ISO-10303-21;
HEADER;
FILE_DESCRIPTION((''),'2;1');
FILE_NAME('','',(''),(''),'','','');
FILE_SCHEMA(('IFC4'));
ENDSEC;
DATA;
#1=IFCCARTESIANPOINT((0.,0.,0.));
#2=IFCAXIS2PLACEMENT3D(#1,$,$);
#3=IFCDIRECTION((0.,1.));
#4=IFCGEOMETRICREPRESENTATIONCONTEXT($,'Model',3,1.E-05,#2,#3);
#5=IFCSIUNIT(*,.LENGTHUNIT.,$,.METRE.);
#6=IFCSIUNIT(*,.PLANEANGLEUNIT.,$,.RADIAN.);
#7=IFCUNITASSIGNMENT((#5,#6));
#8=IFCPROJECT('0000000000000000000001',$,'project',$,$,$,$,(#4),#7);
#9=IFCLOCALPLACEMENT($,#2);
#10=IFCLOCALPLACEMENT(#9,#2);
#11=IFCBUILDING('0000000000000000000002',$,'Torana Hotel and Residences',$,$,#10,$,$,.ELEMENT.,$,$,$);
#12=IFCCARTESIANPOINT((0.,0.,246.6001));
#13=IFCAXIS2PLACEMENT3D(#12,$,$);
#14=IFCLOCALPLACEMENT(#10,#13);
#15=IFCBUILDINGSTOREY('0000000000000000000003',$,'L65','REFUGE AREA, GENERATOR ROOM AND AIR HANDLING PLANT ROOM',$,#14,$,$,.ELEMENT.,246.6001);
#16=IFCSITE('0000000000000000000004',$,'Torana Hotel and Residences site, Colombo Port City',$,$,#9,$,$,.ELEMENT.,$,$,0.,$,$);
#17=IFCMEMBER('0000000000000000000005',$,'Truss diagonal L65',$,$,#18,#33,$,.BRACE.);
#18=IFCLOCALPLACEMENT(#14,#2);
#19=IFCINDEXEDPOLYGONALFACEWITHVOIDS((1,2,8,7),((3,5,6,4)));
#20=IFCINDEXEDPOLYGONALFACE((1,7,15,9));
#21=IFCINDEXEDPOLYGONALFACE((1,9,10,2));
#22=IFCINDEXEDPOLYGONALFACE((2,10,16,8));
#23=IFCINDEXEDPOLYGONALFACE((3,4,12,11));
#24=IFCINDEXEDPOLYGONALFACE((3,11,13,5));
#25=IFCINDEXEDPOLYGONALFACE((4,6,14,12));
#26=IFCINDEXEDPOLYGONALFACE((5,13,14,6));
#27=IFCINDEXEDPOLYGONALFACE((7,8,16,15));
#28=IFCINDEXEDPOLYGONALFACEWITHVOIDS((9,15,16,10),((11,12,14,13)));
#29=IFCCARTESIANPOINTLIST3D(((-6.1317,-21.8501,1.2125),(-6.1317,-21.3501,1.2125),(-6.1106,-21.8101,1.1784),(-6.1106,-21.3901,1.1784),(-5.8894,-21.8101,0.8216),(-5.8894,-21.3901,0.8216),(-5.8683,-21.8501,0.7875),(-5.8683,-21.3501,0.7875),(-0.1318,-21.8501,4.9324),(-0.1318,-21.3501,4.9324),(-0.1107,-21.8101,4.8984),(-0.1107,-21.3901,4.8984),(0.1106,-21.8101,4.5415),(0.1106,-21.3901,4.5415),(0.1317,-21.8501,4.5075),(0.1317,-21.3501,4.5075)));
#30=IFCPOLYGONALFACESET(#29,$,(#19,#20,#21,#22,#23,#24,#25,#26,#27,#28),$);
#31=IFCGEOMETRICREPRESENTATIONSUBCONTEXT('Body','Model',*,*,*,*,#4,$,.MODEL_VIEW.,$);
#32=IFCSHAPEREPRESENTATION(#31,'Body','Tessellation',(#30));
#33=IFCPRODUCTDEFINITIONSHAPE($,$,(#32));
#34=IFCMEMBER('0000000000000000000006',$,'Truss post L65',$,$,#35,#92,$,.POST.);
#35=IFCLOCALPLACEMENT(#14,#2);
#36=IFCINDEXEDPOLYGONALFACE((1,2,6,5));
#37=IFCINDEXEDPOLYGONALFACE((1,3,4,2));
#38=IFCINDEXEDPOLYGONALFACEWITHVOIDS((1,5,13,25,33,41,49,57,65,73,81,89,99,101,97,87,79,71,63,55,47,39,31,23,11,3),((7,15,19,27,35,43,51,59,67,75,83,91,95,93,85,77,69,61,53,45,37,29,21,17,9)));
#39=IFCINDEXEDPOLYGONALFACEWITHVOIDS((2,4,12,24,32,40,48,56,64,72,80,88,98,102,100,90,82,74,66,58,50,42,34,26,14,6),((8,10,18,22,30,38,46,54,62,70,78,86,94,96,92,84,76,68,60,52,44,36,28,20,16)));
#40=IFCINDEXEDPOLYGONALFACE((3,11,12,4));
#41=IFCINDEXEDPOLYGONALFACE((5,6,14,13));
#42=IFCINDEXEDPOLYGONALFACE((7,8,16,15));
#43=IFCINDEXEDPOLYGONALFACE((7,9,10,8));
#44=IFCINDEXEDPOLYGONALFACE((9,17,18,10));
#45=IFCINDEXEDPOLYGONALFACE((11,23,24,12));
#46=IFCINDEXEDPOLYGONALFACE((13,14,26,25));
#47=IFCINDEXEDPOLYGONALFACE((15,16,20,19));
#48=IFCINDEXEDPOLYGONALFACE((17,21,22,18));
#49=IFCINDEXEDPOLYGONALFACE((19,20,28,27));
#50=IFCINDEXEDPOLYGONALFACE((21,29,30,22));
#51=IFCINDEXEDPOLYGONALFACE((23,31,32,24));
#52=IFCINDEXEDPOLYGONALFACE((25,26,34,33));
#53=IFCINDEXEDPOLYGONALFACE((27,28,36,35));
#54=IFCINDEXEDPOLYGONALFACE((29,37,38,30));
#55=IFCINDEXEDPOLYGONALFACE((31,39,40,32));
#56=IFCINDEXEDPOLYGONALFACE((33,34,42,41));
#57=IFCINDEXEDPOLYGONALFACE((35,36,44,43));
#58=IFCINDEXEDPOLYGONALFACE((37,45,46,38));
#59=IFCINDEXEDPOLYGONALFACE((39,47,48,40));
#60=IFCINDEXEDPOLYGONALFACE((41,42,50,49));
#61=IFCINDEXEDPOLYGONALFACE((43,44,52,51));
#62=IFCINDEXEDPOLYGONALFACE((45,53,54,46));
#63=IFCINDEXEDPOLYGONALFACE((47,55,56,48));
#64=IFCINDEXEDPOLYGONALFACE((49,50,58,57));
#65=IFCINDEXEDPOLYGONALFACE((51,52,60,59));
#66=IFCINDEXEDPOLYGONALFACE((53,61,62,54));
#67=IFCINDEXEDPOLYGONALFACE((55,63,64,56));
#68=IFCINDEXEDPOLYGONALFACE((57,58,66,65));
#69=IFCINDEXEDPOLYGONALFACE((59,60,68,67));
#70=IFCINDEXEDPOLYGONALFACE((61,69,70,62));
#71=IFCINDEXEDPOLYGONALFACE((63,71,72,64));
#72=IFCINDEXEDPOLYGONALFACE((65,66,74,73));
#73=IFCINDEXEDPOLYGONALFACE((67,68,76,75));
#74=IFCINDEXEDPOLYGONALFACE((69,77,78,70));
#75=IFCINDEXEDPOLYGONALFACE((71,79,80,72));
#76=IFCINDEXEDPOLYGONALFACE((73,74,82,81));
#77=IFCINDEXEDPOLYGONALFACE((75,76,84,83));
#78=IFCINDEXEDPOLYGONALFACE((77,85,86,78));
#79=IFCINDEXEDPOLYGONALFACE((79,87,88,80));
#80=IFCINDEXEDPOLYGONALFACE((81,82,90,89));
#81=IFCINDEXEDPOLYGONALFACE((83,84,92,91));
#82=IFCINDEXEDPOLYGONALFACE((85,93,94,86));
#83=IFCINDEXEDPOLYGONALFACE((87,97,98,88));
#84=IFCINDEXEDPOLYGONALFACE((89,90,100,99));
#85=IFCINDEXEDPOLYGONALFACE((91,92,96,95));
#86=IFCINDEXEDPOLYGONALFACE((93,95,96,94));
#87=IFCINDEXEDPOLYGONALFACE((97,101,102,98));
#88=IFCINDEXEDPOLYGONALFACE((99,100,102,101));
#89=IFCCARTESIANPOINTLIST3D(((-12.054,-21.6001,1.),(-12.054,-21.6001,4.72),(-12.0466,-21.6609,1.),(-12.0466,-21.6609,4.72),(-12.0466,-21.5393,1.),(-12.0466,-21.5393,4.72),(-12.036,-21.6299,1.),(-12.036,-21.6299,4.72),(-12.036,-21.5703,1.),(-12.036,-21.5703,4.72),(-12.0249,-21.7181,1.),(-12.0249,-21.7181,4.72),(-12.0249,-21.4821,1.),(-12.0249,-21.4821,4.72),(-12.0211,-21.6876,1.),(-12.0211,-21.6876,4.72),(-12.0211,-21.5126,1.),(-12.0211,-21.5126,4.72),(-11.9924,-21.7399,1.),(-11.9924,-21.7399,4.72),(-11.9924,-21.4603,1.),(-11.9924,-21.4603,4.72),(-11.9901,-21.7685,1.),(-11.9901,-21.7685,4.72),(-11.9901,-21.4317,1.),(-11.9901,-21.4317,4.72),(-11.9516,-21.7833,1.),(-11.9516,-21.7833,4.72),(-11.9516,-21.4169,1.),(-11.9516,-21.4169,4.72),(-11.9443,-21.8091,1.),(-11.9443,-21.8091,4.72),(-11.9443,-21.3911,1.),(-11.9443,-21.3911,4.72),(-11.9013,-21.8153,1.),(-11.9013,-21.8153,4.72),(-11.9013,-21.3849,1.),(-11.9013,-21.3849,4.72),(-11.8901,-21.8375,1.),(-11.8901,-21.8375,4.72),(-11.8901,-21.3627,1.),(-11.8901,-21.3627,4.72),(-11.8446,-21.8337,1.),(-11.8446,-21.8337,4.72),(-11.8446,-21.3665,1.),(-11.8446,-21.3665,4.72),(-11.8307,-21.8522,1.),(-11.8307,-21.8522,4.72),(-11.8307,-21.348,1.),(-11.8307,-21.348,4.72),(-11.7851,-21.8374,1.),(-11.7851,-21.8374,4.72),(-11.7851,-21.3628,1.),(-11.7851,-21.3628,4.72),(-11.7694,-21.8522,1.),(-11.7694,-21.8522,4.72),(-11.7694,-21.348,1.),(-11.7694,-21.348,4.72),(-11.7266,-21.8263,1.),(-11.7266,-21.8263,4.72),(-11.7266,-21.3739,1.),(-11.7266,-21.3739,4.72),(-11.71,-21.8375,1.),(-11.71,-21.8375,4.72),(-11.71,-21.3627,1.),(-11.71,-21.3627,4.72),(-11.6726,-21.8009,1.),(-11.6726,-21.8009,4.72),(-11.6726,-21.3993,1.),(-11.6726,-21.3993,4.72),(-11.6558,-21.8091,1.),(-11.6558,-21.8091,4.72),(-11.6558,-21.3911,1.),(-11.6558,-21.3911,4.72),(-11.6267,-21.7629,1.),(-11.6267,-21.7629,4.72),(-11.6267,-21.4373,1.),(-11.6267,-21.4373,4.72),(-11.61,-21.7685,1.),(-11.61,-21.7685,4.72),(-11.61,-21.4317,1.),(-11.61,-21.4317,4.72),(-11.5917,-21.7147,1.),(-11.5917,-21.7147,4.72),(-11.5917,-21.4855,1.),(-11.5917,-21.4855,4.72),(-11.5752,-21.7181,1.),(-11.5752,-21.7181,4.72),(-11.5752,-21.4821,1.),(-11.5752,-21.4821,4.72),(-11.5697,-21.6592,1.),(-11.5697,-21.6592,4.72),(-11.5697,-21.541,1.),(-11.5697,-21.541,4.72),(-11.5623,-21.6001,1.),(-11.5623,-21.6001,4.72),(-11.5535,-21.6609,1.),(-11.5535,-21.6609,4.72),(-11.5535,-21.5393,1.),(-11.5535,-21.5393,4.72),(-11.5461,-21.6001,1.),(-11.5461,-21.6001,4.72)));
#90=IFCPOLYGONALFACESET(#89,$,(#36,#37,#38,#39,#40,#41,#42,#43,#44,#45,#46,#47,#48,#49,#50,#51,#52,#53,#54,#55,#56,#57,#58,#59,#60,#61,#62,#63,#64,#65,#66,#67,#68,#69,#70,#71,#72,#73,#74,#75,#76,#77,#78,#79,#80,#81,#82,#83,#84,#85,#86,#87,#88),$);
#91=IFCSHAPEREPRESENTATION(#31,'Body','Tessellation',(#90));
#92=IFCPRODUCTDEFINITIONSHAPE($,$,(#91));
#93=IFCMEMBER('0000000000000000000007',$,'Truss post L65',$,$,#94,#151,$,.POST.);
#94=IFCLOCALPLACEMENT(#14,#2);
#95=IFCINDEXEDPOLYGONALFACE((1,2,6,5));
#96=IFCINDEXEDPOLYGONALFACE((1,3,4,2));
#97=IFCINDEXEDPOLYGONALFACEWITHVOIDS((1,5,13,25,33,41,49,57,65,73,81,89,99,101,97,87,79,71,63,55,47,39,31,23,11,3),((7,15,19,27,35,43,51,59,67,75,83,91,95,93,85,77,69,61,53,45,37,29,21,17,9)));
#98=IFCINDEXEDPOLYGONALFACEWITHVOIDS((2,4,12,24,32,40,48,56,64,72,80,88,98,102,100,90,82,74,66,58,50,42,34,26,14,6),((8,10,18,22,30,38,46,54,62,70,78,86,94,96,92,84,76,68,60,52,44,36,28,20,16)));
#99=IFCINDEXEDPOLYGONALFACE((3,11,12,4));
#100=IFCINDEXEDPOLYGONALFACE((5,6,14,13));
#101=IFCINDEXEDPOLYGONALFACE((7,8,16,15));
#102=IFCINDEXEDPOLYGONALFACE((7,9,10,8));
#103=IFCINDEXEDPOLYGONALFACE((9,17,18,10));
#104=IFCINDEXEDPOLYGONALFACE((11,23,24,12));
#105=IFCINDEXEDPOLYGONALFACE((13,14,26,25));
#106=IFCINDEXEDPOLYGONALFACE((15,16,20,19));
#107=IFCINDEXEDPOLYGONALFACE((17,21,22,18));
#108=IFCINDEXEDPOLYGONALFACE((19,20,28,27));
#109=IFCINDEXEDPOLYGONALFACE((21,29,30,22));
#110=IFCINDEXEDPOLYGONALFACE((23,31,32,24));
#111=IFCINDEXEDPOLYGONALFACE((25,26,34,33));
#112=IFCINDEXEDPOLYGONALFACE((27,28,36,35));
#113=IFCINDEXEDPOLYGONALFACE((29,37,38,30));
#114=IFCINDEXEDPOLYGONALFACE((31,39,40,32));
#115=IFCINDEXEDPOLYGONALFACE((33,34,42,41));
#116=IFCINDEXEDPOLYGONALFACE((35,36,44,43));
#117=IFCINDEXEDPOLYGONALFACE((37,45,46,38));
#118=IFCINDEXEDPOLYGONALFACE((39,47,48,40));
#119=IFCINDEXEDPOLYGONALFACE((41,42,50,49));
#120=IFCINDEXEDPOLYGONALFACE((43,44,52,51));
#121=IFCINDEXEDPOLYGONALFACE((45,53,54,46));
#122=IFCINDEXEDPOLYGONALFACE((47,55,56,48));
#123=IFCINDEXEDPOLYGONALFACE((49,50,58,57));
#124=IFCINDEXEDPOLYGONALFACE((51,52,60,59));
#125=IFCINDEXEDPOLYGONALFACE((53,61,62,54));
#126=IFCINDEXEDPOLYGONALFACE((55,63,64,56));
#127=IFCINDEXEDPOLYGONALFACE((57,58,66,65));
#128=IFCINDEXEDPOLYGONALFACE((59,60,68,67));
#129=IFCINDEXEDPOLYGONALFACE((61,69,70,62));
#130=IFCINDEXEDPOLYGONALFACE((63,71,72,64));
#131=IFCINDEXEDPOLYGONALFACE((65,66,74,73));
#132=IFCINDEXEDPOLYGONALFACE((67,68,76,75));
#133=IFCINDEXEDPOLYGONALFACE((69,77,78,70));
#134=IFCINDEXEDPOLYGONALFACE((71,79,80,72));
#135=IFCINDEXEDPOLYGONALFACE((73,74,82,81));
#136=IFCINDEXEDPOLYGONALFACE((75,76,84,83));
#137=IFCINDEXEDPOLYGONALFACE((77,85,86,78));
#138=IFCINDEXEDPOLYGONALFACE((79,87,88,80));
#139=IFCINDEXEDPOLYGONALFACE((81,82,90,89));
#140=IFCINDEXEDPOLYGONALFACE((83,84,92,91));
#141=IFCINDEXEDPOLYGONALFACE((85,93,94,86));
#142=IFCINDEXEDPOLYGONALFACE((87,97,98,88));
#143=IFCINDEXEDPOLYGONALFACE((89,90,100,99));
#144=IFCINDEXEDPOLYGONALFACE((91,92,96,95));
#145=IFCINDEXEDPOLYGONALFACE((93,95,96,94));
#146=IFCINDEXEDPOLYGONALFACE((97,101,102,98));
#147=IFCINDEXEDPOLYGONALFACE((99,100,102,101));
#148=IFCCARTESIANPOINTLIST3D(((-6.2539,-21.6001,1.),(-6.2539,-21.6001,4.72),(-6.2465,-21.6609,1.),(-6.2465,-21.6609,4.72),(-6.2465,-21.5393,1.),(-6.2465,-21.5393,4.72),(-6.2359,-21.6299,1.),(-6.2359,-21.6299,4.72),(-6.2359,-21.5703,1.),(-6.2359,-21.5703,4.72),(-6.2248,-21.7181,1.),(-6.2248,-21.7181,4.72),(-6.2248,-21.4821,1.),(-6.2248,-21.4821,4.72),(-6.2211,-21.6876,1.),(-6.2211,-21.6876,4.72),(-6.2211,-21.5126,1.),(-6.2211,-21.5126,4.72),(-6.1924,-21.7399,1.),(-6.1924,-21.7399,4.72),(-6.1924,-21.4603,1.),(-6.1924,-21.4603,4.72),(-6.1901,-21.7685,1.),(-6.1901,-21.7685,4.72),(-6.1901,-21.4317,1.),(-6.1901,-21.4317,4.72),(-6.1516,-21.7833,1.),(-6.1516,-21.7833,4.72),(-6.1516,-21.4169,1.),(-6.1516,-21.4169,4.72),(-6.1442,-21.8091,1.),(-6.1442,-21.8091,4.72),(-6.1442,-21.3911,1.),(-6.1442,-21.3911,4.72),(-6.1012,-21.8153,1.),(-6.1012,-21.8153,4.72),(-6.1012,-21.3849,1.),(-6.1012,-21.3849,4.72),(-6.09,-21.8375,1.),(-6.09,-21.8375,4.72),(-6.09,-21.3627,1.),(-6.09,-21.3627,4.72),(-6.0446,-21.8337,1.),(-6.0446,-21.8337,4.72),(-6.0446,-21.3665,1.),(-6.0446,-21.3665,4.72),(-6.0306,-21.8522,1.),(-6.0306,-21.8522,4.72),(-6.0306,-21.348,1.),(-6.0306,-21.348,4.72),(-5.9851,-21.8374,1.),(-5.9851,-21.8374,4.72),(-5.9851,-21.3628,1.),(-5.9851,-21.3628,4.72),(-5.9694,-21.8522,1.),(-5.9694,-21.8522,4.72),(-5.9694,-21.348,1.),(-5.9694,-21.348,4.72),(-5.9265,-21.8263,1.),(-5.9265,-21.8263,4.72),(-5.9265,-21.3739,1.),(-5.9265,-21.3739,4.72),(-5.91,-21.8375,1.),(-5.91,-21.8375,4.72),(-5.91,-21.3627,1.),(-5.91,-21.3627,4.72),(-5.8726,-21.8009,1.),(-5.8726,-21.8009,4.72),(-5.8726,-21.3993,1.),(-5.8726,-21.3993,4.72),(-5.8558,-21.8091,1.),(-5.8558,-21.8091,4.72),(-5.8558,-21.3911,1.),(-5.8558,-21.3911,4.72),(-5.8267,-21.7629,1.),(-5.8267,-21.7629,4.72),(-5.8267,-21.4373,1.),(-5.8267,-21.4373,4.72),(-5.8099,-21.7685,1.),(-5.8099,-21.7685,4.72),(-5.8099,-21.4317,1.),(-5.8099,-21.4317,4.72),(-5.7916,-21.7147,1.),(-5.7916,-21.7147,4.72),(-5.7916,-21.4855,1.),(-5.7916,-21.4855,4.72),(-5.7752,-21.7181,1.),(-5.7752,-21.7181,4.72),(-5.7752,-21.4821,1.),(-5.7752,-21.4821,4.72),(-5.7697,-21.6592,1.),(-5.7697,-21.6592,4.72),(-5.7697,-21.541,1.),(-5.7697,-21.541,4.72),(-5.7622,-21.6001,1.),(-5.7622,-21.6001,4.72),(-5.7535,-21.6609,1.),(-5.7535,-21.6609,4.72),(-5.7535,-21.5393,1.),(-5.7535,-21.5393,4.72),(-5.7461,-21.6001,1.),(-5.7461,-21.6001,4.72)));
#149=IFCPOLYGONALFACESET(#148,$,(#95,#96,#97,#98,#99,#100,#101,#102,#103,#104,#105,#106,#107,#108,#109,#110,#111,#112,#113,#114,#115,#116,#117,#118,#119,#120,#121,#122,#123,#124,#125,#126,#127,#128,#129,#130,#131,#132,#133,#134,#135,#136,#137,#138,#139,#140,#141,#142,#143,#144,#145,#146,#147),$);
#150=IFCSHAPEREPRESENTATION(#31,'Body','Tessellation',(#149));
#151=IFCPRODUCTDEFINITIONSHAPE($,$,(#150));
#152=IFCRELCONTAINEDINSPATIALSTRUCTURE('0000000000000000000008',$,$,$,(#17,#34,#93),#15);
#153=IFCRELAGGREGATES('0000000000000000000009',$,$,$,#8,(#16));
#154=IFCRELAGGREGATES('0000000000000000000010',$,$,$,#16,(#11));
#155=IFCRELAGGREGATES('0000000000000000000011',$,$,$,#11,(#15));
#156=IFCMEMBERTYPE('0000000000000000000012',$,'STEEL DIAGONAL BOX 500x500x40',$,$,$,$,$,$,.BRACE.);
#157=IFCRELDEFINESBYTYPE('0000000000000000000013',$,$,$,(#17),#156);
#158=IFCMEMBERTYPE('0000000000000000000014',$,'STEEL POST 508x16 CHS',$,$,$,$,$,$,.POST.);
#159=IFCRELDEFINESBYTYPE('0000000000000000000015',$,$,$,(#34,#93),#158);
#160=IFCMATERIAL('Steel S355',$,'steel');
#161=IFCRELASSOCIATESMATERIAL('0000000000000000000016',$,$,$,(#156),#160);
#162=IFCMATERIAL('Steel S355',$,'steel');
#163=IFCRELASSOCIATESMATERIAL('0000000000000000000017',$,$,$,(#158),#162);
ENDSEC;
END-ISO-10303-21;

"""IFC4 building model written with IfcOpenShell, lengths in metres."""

from ifc_helpers import new_model, si_unit, direction, frame, origin, origin_2d, place, context, subcontext, project, spatial, hollow_rectangle, hollow_circle, extrude, material, material_profile, profile_set, type_object, element, save


model = new_model("IFC4")

# Units and contexts
model_context = context("Model", 3, precision=1e-05, world=origin(), true_north=direction((0.0, 1.0)))
body_context = subcontext(model_context, "Body", "Model", "MODEL_VIEW")
ifc_project = project(units=[si_unit("LENGTHUNIT", "METRE"), si_unit("PLANEANGLEUNIT", "RADIAN")], contexts=[model_context])

# Site, building, storey
site_placement = place(None, origin())
site = spatial("IfcSite", under=ifc_project, at=site_placement, Name="Torana Hotel and Residences site, Colombo Port City", CompositionType="ELEMENT", RefElevation=0.0)
building_placement = place(site_placement, origin())
building = spatial("IfcBuilding", under=site, at=building_placement, Name="Torana Hotel and Residences", CompositionType="ELEMENT")
storey_placement = place(building_placement, frame((0.0, 0.0, 246.6001)))
storey = spatial("IfcBuildingStorey", under=building, at=storey_placement, Name="L65", Description="REFUGE AREA, GENERATOR ROOM AND AIR HANDLING PLANT ROOM", CompositionType="ELEMENT", Elevation=246.6001)

# Members
ifc_material_1 = material(Name="Steel S355", Category="steel")
ifc_material_profile_1 = material_profile(ifc_material_1, hollow_rectangle(XDim=0.5, YDim=0.5, WallThickness=0.04, at=origin_2d()), Name="BOX 500x500x40")
ifc_profile_set_1 = profile_set([ifc_material_profile_1], Name="Steel S355")
member_type_1 = type_object("IfcMemberType", Name="STEEL DIAGONAL BOX 500x500x40", PredefinedType="BRACE", material=ifc_profile_set_1)
member_placement = place(storey_placement, frame((-6.0, -21.6001, 1.0), z_axis=(0.849905, 0.0, 0.526937), x_axis=(0.0, 1.0, 0.0)))
element("IfcMember", 1, at=member_placement, inside=storey, type_object=member_type_1, Name="Truss diagonal L65", PredefinedType="BRACE", context=body_context, shape_type="SweptSolid", body=[
    extrude(hollow_rectangle(XDim=0.5, YDim=0.5, WallThickness=0.04, at=origin_2d()), origin(), (0.0, 0.0, 1.0), 7.0596),
])
ifc_material_2 = material(Name="Steel S355", Category="steel")
ifc_material_profile_2 = material_profile(ifc_material_2, hollow_circle(Radius=0.2539, WallThickness=0.0161, at=origin_2d()), Name="508x16 CHS")
ifc_profile_set_2 = profile_set([ifc_material_profile_2], Name="Steel S355")
member_type_2 = type_object("IfcMemberType", Name="STEEL POST 508x16 CHS", PredefinedType="POST", material=ifc_profile_set_2)
for number, where, z_axis, x_axis, name in (
    (2, (-11.8, -21.6001, 1.0), (0.0, 0.0, 1.0), (1.0, 0.0, 0.0), "Truss post L65"),
    (3, (-6.0, -21.6001, 1.0), (0.0, 0.0, 1.0), (1.0, 0.0, 0.0), "Truss post L65"),
):
    element("IfcMember", number, at=place(storey_placement, frame(where, z_axis=z_axis, x_axis=x_axis)), inside=storey, type_object=member_type_2, Name=name, PredefinedType="POST", context=body_context, shape_type="SweptSolid", body=[
        extrude(hollow_circle(Radius=0.2539, WallThickness=0.0161, at=origin_2d()), origin(), (0.0, 0.0, 1.0), 3.72),
    ])

save(model, "model.ifc")
